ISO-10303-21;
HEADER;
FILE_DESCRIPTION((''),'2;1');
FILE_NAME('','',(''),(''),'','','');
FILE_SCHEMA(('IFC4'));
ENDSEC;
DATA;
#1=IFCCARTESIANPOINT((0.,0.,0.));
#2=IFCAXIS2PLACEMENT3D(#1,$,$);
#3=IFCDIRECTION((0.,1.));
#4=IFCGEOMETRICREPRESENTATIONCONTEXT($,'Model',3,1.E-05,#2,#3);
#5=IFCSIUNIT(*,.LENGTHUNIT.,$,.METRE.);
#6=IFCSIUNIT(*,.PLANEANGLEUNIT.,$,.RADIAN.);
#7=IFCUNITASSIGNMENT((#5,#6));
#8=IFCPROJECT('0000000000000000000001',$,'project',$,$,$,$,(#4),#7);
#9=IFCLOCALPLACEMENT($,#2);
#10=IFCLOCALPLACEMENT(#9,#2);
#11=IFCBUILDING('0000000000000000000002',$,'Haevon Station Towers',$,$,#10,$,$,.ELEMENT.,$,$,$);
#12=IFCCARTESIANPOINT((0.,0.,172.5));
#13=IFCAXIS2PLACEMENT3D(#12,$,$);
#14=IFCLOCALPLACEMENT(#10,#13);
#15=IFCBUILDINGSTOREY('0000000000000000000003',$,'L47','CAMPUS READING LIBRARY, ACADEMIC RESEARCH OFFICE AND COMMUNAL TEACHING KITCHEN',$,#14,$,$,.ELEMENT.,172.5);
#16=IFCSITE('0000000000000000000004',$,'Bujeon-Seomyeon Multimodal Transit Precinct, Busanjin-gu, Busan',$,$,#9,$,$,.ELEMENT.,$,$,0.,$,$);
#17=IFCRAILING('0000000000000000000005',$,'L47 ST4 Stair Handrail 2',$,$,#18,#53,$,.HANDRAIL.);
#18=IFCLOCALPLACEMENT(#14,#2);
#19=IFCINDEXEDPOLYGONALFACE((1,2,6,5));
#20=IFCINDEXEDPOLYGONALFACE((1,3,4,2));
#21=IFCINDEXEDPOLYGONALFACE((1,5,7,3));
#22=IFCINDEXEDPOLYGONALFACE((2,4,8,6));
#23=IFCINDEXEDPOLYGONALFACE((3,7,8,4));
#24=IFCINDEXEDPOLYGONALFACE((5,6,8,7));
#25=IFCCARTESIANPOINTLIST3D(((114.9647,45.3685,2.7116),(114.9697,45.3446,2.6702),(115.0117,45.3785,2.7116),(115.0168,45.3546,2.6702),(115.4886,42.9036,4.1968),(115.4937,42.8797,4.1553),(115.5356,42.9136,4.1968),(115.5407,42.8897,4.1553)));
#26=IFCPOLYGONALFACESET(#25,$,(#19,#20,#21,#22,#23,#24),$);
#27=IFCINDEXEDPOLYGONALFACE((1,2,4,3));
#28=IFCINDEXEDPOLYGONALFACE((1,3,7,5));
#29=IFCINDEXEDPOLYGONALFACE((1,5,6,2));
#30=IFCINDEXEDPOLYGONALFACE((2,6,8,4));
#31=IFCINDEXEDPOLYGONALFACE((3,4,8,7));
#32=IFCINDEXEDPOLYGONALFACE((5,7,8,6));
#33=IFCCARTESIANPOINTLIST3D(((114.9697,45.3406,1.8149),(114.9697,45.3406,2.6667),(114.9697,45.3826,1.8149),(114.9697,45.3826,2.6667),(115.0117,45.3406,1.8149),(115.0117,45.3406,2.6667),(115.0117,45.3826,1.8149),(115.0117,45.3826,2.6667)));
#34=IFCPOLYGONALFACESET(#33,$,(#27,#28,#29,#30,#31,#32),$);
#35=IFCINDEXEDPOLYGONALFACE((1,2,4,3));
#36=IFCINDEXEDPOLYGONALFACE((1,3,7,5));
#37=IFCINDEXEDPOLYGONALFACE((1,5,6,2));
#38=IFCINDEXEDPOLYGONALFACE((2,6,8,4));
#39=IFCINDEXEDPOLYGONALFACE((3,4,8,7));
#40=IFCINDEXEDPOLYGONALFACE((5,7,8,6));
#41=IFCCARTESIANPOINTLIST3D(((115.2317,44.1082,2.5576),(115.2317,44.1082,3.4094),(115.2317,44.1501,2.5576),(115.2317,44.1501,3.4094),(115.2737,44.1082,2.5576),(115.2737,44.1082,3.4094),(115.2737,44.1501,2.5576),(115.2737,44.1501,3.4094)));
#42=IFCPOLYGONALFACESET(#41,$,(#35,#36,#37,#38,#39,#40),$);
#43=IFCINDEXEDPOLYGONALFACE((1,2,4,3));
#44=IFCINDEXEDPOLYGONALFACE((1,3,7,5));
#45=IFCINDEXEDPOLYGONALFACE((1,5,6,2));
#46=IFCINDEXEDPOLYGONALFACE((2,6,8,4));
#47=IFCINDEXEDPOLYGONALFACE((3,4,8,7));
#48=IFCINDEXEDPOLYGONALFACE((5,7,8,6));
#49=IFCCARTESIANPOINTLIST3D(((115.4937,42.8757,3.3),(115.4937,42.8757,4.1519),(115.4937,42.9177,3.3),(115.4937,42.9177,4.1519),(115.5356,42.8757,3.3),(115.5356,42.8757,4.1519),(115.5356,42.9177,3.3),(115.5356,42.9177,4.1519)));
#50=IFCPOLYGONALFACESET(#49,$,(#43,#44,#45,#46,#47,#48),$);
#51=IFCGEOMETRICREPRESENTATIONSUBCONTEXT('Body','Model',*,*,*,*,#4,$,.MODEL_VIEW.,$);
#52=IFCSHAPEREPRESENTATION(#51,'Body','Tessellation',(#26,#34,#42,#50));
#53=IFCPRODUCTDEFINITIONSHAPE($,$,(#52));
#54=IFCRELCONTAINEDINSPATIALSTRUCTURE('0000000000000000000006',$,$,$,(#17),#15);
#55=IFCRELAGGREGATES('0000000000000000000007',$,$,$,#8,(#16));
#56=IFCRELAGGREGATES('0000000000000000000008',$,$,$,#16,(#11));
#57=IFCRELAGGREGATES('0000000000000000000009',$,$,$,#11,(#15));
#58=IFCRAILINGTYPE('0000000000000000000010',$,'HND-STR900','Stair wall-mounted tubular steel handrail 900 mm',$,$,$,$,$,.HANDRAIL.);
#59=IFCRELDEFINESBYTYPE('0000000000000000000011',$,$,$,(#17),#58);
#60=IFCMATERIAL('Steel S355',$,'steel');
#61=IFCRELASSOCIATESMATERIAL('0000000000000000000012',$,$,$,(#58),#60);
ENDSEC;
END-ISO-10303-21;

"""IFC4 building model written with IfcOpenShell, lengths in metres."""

from ifc_helpers import new_model, si_unit, direction, frame, origin, origin_2d, place, context, subcontext, project, spatial, rectangle, extrude, material, type_object, element, save


model = new_model("IFC4")

# Units and contexts
model_context = context("Model", 3, precision=1e-05, world=origin(), true_north=direction((0.0, 1.0)))
body_context = subcontext(model_context, "Body", "Model", "MODEL_VIEW")
ifc_project = project(units=[si_unit("LENGTHUNIT", "METRE"), si_unit("PLANEANGLEUNIT", "RADIAN")], contexts=[model_context])

# Site, building, storey
site_placement = place(None, origin())
site = spatial("IfcSite", under=ifc_project, at=site_placement, Name="Bujeon-Seomyeon Multimodal Transit Precinct, Busanjin-gu, Busan", CompositionType="ELEMENT", RefElevation=0.0)
building_placement = place(site_placement, origin())
building = spatial("IfcBuilding", under=site, at=building_placement, Name="Haevon Station Towers", CompositionType="ELEMENT")
storey_placement = place(building_placement, frame((0.0, 0.0, 172.5)))
storey = spatial("IfcBuildingStorey", under=building, at=storey_placement, Name="L47", Description="CAMPUS READING LIBRARY, ACADEMIC RESEARCH OFFICE AND COMMUNAL TEACHING KITCHEN", CompositionType="ELEMENT", Elevation=172.5)

# Shared definitions
ifc_material_1 = material(Name="Steel S355", Category="steel")

# Railing
railing_type_1 = type_object("IfcRailingType", Name="HND-STR900", Description="Stair wall-mounted tubular steel handrail 900 mm", PredefinedType="HANDRAIL", material=ifc_material_1)
railing_1_placement = place(storey_placement, frame((114.9907, 45.3616, 1.8149)))
element("IfcRailing", 1, at=railing_1_placement, inside=storey, type_object=railing_type_1, Name="L47 ST4 Stair Handrail 2", PredefinedType="HANDRAIL", context=body_context, shape_type="SweptSolid", body=[
    extrude(rectangle(XDim=0.0481, YDim=0.0481, at=origin_2d()), frame((0.0, 0.0, 0.876), z_axis=(0.179121, -0.842688, 0.507733), x_axis=(0.978147, 0.207914, 0.0)), (0.0, 0.0, 1.0), 2.925),
    extrude(rectangle(XDim=0.042, YDim=0.042, at=origin_2d()), origin(), (0.0, 0.0, 1.0), 0.8518),
    extrude(rectangle(XDim=0.042, YDim=0.042, at=origin_2d()), frame((0.262, -1.2324, 0.7427)), (0.0, 0.0, 1.0), 0.8518),
    extrude(rectangle(XDim=0.042, YDim=0.042, at=origin_2d()), frame((0.5239, -2.4648, 1.4851)), (0.0, 0.0, 1.0), 0.8518),
])

save(model, "model.ifc")
